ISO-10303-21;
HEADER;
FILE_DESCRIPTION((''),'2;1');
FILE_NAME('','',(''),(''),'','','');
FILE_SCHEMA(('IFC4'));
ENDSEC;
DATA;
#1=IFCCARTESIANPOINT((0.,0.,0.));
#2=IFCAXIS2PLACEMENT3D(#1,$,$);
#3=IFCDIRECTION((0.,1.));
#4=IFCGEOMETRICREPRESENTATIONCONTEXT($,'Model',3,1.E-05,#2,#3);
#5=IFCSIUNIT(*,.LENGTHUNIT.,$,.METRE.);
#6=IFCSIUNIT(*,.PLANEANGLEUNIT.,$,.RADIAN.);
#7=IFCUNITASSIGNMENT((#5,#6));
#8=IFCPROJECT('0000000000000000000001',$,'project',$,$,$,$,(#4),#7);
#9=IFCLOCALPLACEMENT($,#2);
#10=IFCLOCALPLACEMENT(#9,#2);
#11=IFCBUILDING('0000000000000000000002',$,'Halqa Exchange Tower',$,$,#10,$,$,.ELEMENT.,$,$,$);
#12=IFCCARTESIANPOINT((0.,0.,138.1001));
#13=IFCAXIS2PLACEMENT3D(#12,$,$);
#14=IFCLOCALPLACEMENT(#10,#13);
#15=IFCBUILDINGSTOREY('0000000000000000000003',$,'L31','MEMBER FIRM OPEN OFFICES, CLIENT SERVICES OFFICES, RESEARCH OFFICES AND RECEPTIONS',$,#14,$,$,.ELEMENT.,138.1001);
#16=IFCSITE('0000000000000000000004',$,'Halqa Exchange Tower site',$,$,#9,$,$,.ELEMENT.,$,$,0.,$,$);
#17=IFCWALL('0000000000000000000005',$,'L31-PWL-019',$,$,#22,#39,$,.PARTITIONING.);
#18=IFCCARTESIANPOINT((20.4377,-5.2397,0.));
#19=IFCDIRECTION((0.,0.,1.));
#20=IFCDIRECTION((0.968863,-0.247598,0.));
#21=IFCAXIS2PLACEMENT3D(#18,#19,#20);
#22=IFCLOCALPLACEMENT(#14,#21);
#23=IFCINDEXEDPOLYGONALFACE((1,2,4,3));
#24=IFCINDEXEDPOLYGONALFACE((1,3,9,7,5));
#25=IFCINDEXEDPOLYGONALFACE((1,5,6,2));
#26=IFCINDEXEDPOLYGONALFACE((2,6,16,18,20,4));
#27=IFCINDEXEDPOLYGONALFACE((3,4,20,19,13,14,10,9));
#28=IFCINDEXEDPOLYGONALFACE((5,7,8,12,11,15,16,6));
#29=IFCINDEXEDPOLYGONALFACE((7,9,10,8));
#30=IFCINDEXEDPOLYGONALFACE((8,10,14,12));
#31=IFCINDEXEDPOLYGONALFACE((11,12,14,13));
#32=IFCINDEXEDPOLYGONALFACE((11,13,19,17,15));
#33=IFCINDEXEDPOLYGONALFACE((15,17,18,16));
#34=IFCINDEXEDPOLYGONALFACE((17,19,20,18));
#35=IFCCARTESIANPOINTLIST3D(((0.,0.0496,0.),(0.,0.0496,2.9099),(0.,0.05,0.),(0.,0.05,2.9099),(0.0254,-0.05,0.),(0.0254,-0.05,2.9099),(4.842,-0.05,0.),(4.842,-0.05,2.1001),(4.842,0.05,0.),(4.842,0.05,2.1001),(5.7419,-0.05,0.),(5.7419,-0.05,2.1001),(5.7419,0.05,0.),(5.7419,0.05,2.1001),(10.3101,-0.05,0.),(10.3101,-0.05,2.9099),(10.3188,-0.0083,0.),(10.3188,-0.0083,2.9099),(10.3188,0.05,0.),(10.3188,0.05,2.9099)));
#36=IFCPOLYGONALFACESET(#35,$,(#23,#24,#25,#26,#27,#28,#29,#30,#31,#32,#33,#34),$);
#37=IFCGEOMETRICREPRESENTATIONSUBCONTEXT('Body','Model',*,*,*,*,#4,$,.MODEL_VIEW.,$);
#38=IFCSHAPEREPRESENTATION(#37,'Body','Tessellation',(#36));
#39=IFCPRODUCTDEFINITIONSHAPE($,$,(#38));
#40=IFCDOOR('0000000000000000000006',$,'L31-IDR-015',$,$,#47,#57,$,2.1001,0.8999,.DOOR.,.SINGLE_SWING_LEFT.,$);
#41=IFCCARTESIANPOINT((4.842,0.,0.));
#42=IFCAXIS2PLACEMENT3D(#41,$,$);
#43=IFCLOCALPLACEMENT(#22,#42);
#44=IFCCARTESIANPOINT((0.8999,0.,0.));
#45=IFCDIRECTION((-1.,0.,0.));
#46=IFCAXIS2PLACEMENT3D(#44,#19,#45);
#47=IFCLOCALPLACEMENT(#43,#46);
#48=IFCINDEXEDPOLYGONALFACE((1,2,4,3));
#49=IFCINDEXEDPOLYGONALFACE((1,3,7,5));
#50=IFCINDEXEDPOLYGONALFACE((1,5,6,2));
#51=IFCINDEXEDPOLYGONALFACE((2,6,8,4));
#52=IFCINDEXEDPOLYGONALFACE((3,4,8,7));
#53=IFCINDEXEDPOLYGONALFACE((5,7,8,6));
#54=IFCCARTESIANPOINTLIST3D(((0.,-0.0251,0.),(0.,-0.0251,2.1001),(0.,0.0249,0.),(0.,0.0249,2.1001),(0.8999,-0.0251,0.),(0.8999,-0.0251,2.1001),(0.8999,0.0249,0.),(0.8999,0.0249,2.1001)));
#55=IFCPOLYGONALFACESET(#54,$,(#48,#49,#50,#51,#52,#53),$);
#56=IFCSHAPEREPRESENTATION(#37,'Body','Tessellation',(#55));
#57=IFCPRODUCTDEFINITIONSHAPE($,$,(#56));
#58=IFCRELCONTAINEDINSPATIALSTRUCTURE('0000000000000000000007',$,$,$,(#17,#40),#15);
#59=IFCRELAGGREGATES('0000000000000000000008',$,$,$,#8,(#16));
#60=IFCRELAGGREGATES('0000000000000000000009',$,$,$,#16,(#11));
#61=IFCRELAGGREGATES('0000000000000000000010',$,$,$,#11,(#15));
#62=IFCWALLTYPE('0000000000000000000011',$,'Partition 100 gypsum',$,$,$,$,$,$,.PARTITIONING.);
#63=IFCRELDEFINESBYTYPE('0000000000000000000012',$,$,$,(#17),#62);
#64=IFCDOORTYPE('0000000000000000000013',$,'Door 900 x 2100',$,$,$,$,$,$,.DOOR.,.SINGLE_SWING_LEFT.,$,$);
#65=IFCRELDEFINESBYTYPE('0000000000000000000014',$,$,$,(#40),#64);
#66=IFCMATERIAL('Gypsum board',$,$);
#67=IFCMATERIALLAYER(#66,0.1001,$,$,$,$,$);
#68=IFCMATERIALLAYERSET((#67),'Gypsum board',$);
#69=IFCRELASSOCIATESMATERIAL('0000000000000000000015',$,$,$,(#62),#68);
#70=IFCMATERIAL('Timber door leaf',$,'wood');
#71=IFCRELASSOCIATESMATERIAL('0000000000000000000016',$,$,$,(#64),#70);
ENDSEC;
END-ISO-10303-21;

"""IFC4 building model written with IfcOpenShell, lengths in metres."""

from ifc_helpers import new_model, si_unit, direction, frame, frame_2d, origin, place, context, subcontext, project, spatial, polyline, rectangle, outline, extrude, material, layer, layer_set, type_object, element, fill, save


model = new_model("IFC4")

# Units and contexts
model_context = context("Model", 3, precision=1e-05, world=origin(), true_north=direction((0.0, 1.0)))
body_context = subcontext(model_context, "Body", "Model", "MODEL_VIEW")
ifc_project = project(units=[si_unit("LENGTHUNIT", "METRE"), si_unit("PLANEANGLEUNIT", "RADIAN")], contexts=[model_context])

# Site, building, storey
site_placement = place(None, origin())
site = spatial("IfcSite", under=ifc_project, at=site_placement, Name="Halqa Exchange Tower site", CompositionType="ELEMENT", RefElevation=0.0)
building_placement = place(site_placement, origin())
building = spatial("IfcBuilding", under=site, at=building_placement, Name="Halqa Exchange Tower", CompositionType="ELEMENT")
storey_placement = place(building_placement, frame((0.0, 0.0, 138.1001)))
storey = spatial("IfcBuildingStorey", under=building, at=storey_placement, Name="L31", Description="MEMBER FIRM OPEN OFFICES, CLIENT SERVICES OFFICES, RESEARCH OFFICES AND RECEPTIONS", CompositionType="ELEMENT", Elevation=138.1001)

# Shared definitions
ifc_material_1 = material(Name="Gypsum board")
ifc_layer_1 = layer(ifc_material_1, 0.1001)
ifc_layer_set_1 = layer_set([ifc_layer_1], Name="Gypsum board")
wall_type_1 = type_object("IfcWallType", Name="Partition 100 gypsum", PredefinedType="PARTITIONING", material=ifc_layer_set_1)

# Wall, opening, door
ifc_material_2 = material(Name="Timber door leaf", Category="wood")
door_type_1 = type_object("IfcDoorType", Name="Door 900 x 2100", OperationType="SINGLE_SWING_LEFT", PredefinedType="DOOR", material=ifc_material_2)
wall_1_placement = place(storey_placement, frame((20.4377, -5.2397, 0.0), z_axis=(0.0, 0.0, 1.0), x_axis=(0.968863, -0.247598, 0.0)))
wall_1 = element("IfcWall", 1, at=wall_1_placement, inside=storey, type_object=wall_type_1, Name="L31-PWL-019", PredefinedType="PARTITIONING", context=body_context, shape_type="SweptSolid", body=[
    extrude(outline(polyline([(0.0254, -0.05), (1.7395, -0.05), (3.4536, -0.05), (5.1677, -0.05), (6.8818, -0.05), (8.5959, -0.05), (10.3101, -0.05), (10.3188, -0.0083), (10.3188, 0.05), (8.5991, 0.05), (6.8792, 0.05), (5.1594, 0.05), (3.4397, 0.05), (1.7197, 0.05), (0.0, 0.05), (0.0, 0.0496), (0.0254, -0.05)])), origin(), (0.0, 0.0, 1.0), 2.9099),
])
opening_1_placement = place(wall_1_placement, frame((4.842, 0.0, 0.0)))
opening_1 = element("IfcOpeningElement", 2, at=opening_1_placement, cuts=wall_1, PredefinedType="OPENING", context=body_context, shape_type="SweptSolid", body=[
    extrude(rectangle(XDim=0.8999, YDim=2.1001, at=frame_2d((0.45, 1.05))), frame((0.0, 0.062, 0.0), z_axis=(0.0, -1.0, 0.0), x_axis=(1.0, 0.0, 0.0)), (0.0, 0.0, 1.0), 0.124),
])
door_1_placement = place(opening_1_placement, frame((0.8999, 0.0, 0.0), z_axis=(0.0, 0.0, 1.0), x_axis=(-1.0, 0.0, 0.0)))
door_1 = element("IfcDoor", 3, at=door_1_placement, inside=storey, type_object=door_type_1, Name="L31-IDR-015", OperationType="SINGLE_SWING_LEFT", OverallHeight=2.1001, OverallWidth=0.8999, PredefinedType="DOOR", context=body_context, shape_type="SweptSolid", body=[
    extrude(rectangle(XDim=0.8999, YDim=2.1001, at=frame_2d((0.45, 1.05))), frame((0.0, 0.0249, 0.0), z_axis=(0.0, -1.0, 0.0), x_axis=(1.0, 0.0, 0.0)), (0.0, 0.0, 1.0), 0.05),
])
fill(opening_1, door_1)

save(model, "model.ifc")
